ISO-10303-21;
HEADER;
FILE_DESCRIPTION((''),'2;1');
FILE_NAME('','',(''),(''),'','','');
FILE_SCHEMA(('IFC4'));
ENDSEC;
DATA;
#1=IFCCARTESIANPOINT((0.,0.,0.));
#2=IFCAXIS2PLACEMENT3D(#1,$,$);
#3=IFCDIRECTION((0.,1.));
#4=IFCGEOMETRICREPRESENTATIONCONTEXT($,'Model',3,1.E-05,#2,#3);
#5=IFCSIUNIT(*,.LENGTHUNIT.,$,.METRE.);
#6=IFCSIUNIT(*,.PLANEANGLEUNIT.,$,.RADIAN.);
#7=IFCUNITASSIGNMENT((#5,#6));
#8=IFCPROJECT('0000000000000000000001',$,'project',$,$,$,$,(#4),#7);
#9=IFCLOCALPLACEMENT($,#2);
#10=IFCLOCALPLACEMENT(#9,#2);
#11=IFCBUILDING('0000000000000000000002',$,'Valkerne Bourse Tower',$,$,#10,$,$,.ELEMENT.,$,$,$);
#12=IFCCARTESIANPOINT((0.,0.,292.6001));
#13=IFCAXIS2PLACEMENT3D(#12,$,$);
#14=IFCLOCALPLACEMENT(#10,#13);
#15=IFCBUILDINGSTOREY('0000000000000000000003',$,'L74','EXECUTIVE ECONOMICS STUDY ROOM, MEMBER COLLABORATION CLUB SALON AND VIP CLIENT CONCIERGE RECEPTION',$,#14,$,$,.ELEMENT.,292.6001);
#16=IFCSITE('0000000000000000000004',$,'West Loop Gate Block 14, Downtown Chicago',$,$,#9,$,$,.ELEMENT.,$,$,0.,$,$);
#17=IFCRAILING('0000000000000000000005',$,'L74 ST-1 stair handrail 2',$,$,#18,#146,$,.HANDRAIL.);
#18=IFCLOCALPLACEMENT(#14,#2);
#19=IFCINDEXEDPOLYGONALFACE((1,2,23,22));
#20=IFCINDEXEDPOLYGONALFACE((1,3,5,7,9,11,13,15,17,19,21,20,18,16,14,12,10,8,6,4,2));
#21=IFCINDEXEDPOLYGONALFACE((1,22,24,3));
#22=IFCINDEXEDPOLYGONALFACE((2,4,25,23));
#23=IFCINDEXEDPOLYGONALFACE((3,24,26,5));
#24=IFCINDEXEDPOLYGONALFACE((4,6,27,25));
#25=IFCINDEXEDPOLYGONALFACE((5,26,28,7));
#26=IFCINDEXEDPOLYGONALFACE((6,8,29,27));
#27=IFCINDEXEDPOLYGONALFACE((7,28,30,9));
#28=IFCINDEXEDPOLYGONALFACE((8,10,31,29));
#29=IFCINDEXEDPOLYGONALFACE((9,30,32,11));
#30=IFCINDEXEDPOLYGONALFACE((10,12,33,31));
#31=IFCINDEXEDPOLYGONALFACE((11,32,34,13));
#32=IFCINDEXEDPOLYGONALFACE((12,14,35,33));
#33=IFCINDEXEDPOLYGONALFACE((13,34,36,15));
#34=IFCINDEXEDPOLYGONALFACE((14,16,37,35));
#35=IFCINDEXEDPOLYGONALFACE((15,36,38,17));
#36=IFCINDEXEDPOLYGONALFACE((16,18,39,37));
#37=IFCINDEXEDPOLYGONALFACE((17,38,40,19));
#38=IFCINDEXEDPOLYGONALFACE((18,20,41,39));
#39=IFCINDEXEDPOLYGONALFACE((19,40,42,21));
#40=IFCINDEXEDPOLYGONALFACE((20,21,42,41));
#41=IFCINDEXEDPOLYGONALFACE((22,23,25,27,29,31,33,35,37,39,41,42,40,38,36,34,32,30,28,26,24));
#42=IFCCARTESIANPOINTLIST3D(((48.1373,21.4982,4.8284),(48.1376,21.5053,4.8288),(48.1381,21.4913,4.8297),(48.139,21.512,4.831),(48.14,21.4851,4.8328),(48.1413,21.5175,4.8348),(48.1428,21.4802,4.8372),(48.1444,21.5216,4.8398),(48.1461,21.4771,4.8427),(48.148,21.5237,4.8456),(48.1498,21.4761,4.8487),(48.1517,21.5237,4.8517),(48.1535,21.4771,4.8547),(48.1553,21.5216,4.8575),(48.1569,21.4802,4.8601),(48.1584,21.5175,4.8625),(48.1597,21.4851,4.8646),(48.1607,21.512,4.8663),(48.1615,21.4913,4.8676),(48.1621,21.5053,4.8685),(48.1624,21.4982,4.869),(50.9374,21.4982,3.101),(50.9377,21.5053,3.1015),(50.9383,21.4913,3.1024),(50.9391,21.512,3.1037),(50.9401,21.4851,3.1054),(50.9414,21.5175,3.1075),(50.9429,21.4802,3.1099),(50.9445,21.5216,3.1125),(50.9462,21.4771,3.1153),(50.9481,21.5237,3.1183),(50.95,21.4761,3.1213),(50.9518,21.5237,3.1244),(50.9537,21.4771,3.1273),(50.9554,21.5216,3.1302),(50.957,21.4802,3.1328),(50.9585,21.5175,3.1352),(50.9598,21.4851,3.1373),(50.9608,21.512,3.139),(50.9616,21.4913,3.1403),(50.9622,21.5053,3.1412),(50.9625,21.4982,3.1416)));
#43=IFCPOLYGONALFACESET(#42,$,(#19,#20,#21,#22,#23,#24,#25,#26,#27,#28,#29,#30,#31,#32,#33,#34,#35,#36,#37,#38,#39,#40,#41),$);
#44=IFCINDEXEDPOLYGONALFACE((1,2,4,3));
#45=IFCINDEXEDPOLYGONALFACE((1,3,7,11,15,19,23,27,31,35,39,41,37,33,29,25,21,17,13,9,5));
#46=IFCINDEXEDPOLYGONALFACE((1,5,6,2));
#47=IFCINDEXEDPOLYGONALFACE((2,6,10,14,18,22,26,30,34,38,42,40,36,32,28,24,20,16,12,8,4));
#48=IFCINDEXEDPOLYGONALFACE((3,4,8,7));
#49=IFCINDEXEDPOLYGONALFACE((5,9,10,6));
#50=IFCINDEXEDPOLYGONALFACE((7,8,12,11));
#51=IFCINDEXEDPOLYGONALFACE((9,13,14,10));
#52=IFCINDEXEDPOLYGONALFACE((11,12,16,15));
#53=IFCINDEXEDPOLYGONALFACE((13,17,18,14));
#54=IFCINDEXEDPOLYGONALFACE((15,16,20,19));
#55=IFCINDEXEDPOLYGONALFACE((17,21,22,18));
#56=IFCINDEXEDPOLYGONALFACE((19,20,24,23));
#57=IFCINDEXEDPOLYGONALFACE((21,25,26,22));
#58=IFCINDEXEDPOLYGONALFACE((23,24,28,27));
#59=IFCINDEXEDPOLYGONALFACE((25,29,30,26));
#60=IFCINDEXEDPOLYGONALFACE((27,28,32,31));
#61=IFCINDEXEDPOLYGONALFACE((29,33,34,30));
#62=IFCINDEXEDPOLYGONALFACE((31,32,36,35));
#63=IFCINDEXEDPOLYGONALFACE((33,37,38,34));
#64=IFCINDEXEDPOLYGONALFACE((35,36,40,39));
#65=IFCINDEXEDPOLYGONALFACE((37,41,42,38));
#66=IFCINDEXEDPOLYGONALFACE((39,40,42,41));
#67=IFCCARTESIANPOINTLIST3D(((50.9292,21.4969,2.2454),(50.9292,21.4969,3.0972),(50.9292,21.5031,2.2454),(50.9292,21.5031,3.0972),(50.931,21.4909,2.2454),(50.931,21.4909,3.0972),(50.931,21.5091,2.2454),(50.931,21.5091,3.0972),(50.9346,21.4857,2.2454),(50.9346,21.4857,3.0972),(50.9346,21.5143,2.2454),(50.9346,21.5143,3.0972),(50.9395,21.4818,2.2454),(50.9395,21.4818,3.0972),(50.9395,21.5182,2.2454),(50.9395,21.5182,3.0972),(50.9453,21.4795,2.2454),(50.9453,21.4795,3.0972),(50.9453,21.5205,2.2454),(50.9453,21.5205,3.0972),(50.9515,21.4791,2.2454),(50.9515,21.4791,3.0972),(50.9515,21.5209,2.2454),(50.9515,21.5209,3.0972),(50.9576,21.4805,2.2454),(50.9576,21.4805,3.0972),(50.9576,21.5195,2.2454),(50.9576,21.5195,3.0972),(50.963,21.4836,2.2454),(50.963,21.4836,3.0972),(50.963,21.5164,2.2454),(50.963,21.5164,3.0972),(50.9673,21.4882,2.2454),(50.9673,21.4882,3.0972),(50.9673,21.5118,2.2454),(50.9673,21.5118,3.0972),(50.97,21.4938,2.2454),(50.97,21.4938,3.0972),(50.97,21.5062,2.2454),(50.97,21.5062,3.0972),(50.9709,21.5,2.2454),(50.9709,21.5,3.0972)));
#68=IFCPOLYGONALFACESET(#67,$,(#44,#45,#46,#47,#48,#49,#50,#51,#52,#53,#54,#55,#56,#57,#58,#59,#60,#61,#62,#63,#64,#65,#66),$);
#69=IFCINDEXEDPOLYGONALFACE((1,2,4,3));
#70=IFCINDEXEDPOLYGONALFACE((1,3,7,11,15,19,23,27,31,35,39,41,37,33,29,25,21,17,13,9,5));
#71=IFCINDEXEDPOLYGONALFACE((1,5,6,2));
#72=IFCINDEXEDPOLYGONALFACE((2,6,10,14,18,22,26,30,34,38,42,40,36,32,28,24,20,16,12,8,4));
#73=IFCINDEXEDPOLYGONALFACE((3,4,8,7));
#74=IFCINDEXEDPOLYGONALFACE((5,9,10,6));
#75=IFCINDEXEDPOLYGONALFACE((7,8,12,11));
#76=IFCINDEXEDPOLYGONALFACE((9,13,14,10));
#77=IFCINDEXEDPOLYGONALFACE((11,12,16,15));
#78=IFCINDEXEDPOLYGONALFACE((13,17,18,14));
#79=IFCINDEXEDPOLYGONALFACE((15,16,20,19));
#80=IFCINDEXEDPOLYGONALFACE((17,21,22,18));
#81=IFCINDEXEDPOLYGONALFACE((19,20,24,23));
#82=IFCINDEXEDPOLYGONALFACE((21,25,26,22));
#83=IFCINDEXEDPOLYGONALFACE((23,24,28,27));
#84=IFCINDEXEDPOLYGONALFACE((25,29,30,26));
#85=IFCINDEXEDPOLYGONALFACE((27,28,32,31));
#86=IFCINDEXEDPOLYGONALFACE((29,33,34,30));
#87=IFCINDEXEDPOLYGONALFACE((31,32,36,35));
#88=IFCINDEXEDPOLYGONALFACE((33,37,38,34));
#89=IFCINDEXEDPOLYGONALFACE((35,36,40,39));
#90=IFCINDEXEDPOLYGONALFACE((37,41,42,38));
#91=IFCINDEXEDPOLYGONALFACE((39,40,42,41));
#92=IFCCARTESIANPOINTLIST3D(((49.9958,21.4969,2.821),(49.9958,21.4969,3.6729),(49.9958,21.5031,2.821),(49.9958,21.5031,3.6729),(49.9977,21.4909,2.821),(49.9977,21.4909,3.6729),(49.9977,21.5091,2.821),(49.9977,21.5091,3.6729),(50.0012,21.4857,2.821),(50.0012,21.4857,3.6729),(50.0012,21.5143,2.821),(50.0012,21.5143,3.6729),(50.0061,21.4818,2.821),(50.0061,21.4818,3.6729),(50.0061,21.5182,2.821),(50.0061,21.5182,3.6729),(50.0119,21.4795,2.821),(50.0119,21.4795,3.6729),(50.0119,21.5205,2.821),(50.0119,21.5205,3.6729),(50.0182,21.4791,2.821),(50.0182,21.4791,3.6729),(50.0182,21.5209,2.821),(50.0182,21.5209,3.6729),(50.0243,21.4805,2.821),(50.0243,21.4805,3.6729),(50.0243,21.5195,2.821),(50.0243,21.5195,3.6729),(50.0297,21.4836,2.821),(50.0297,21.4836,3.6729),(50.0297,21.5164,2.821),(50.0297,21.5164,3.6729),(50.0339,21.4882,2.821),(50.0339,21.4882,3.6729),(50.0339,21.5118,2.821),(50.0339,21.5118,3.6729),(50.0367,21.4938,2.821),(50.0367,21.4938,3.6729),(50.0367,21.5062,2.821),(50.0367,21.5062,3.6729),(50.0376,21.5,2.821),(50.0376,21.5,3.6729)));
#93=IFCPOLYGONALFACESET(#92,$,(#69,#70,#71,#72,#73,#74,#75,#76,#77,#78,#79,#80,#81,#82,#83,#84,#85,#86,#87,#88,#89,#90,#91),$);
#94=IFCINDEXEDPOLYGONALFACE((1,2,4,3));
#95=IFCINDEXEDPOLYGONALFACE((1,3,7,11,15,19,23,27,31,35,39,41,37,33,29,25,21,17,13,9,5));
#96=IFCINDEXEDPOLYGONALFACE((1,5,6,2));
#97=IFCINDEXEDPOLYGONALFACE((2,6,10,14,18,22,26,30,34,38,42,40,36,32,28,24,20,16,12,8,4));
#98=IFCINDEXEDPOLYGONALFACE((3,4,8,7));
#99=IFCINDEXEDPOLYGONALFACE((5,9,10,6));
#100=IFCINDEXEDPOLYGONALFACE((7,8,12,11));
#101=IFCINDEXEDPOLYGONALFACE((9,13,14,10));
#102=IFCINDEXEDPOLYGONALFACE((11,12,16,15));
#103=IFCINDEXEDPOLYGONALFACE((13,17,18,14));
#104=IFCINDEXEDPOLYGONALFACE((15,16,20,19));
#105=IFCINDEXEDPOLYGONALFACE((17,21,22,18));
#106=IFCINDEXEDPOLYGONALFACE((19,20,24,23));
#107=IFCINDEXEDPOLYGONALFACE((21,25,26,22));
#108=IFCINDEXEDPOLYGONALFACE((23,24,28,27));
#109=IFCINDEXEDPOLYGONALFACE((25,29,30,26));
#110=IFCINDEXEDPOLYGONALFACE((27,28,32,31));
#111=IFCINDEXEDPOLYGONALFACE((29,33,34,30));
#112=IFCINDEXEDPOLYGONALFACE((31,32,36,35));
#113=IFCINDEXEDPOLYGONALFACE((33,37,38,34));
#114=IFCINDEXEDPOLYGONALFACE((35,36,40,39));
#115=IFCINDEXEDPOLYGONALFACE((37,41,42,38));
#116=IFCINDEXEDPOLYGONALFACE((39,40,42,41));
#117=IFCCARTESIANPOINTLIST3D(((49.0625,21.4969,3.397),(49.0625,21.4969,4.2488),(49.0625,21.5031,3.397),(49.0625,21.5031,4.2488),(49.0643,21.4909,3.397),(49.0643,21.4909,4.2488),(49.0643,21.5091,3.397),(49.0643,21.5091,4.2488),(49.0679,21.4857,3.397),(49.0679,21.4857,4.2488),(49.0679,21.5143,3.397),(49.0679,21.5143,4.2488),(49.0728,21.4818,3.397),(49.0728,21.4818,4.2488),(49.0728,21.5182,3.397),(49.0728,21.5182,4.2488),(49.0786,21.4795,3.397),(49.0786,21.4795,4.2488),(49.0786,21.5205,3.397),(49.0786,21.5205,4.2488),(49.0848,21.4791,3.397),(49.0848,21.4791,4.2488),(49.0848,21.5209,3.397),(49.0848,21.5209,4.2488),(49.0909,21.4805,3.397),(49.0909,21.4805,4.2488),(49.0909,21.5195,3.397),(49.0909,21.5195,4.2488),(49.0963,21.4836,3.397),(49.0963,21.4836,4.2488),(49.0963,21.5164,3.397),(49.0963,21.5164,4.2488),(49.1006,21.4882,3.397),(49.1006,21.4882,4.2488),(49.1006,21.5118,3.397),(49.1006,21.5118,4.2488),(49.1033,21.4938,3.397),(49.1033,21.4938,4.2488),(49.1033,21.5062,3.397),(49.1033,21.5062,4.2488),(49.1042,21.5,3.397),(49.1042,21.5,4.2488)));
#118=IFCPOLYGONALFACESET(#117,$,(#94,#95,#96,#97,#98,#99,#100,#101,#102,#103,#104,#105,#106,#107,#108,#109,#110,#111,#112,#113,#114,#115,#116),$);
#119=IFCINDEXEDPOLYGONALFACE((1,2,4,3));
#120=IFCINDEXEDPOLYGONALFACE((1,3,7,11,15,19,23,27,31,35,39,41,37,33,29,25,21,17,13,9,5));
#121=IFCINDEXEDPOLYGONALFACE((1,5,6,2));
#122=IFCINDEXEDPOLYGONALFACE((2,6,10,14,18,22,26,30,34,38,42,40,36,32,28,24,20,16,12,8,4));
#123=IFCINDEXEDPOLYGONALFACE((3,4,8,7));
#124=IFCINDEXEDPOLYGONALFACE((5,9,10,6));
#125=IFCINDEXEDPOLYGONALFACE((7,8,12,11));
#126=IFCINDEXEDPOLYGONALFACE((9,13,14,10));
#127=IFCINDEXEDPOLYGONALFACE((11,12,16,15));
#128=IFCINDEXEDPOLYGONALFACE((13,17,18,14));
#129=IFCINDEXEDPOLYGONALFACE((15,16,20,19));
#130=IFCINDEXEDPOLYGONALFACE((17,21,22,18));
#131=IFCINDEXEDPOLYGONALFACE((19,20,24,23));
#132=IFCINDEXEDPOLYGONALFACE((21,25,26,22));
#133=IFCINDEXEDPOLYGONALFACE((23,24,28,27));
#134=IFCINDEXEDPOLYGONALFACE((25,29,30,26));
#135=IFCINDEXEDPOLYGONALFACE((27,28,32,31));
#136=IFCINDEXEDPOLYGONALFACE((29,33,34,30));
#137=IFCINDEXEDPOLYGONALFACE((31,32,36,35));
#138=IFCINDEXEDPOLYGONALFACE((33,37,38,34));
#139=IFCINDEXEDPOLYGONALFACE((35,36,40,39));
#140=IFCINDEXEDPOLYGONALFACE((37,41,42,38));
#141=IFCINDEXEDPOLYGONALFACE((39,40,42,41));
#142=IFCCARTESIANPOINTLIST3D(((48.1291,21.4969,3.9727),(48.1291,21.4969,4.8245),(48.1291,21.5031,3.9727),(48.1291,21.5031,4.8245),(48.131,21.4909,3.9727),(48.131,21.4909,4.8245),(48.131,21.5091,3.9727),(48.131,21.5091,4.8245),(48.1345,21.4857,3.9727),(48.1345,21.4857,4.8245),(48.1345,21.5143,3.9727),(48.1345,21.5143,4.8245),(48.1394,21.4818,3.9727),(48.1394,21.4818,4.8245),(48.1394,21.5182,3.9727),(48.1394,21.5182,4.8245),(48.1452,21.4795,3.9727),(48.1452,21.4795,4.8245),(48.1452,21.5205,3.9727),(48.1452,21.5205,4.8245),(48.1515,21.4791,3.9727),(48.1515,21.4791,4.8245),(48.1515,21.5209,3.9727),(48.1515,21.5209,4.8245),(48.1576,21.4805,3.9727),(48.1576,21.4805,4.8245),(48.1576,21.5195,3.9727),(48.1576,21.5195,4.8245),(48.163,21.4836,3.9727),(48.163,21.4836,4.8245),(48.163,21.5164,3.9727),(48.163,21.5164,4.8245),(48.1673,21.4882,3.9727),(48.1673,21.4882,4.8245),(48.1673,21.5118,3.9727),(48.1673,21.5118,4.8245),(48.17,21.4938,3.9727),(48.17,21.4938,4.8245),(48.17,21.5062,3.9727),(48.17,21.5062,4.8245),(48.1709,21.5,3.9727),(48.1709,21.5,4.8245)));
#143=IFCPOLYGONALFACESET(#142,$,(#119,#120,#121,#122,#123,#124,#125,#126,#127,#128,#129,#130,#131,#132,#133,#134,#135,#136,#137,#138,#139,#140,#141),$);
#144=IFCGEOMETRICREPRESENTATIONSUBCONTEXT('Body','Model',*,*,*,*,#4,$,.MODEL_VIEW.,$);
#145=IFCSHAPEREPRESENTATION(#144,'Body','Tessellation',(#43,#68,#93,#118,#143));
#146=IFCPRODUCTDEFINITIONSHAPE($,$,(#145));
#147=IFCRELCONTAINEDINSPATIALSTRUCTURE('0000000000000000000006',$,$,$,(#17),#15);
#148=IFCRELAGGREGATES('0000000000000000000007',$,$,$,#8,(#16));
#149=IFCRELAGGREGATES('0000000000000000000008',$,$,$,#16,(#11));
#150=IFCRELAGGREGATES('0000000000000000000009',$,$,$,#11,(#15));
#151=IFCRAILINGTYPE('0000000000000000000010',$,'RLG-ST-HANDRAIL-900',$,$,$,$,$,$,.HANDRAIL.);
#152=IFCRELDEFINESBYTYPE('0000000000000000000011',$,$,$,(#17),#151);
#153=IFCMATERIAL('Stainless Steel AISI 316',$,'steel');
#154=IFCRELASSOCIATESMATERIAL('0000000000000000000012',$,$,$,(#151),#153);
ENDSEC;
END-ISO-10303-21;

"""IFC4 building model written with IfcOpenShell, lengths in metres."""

from ifc_helpers import new_model, si_unit, direction, frame, origin, origin_2d, place, context, subcontext, project, spatial, circle, extrude, material, type_object, element, save


model = new_model("IFC4")

# Units and contexts
model_context = context("Model", 3, precision=1e-05, world=origin(), true_north=direction((0.0, 1.0)))
body_context = subcontext(model_context, "Body", "Model", "MODEL_VIEW")
ifc_project = project(units=[si_unit("LENGTHUNIT", "METRE"), si_unit("PLANEANGLEUNIT", "RADIAN")], contexts=[model_context])

# Site, building, storey
site_placement = place(None, origin())
site = spatial("IfcSite", under=ifc_project, at=site_placement, Name="West Loop Gate Block 14, Downtown Chicago", CompositionType="ELEMENT", RefElevation=0.0)
building_placement = place(site_placement, origin())
building = spatial("IfcBuilding", under=site, at=building_placement, Name="Valkerne Bourse Tower", CompositionType="ELEMENT")
storey_placement = place(building_placement, frame((0.0, 0.0, 292.6001)))
storey = spatial("IfcBuildingStorey", under=building, at=storey_placement, Name="L74", Description="EXECUTIVE ECONOMICS STUDY ROOM, MEMBER COLLABORATION CLUB SALON AND VIP CLIENT CONCIERGE RECEPTION", CompositionType="ELEMENT", Elevation=292.6001)

# Shared definitions
ifc_material_1 = material(Name="Stainless Steel AISI 316", Category="steel")

# Railing
railing_type_1 = type_object("IfcRailingType", Name="RLG-ST-HANDRAIL-900", PredefinedType="HANDRAIL", material=ifc_material_1)
railing_1_placement = place(storey_placement, frame((50.95, 21.5, 2.2454)))
element("IfcRailing", 1, at=railing_1_placement, inside=storey, type_object=railing_type_1, Name="L74 ST-1 stair handrail 2", PredefinedType="HANDRAIL", context=body_context, shape_type="SweptSolid", body=[
    extrude(circle(Radius=0.0239, at=origin_2d()), frame((0.0, 0.0, 0.876), z_axis=(-0.85109, 0.0, 0.52502), x_axis=(0.0, -1.0, 0.0)), (0.0, 0.0, 1.0), 3.29),
    extrude(circle(Radius=0.021, at=origin_2d()), origin(), (0.0, 0.0, 1.0), 0.8518),
    extrude(circle(Radius=0.021, at=origin_2d()), frame((-0.9333, 0.0, 0.5757)), (0.0, 0.0, 1.0), 0.8518),
    extrude(circle(Radius=0.021, at=origin_2d()), frame((-1.8667, 0.0, 1.1516)), (0.0, 0.0, 1.0), 0.8518),
    extrude(circle(Radius=0.021, at=origin_2d()), frame((-2.8, 0.0, 1.7273)), (0.0, 0.0, 1.0), 0.8518),
])

save(model, "model.ifc")
